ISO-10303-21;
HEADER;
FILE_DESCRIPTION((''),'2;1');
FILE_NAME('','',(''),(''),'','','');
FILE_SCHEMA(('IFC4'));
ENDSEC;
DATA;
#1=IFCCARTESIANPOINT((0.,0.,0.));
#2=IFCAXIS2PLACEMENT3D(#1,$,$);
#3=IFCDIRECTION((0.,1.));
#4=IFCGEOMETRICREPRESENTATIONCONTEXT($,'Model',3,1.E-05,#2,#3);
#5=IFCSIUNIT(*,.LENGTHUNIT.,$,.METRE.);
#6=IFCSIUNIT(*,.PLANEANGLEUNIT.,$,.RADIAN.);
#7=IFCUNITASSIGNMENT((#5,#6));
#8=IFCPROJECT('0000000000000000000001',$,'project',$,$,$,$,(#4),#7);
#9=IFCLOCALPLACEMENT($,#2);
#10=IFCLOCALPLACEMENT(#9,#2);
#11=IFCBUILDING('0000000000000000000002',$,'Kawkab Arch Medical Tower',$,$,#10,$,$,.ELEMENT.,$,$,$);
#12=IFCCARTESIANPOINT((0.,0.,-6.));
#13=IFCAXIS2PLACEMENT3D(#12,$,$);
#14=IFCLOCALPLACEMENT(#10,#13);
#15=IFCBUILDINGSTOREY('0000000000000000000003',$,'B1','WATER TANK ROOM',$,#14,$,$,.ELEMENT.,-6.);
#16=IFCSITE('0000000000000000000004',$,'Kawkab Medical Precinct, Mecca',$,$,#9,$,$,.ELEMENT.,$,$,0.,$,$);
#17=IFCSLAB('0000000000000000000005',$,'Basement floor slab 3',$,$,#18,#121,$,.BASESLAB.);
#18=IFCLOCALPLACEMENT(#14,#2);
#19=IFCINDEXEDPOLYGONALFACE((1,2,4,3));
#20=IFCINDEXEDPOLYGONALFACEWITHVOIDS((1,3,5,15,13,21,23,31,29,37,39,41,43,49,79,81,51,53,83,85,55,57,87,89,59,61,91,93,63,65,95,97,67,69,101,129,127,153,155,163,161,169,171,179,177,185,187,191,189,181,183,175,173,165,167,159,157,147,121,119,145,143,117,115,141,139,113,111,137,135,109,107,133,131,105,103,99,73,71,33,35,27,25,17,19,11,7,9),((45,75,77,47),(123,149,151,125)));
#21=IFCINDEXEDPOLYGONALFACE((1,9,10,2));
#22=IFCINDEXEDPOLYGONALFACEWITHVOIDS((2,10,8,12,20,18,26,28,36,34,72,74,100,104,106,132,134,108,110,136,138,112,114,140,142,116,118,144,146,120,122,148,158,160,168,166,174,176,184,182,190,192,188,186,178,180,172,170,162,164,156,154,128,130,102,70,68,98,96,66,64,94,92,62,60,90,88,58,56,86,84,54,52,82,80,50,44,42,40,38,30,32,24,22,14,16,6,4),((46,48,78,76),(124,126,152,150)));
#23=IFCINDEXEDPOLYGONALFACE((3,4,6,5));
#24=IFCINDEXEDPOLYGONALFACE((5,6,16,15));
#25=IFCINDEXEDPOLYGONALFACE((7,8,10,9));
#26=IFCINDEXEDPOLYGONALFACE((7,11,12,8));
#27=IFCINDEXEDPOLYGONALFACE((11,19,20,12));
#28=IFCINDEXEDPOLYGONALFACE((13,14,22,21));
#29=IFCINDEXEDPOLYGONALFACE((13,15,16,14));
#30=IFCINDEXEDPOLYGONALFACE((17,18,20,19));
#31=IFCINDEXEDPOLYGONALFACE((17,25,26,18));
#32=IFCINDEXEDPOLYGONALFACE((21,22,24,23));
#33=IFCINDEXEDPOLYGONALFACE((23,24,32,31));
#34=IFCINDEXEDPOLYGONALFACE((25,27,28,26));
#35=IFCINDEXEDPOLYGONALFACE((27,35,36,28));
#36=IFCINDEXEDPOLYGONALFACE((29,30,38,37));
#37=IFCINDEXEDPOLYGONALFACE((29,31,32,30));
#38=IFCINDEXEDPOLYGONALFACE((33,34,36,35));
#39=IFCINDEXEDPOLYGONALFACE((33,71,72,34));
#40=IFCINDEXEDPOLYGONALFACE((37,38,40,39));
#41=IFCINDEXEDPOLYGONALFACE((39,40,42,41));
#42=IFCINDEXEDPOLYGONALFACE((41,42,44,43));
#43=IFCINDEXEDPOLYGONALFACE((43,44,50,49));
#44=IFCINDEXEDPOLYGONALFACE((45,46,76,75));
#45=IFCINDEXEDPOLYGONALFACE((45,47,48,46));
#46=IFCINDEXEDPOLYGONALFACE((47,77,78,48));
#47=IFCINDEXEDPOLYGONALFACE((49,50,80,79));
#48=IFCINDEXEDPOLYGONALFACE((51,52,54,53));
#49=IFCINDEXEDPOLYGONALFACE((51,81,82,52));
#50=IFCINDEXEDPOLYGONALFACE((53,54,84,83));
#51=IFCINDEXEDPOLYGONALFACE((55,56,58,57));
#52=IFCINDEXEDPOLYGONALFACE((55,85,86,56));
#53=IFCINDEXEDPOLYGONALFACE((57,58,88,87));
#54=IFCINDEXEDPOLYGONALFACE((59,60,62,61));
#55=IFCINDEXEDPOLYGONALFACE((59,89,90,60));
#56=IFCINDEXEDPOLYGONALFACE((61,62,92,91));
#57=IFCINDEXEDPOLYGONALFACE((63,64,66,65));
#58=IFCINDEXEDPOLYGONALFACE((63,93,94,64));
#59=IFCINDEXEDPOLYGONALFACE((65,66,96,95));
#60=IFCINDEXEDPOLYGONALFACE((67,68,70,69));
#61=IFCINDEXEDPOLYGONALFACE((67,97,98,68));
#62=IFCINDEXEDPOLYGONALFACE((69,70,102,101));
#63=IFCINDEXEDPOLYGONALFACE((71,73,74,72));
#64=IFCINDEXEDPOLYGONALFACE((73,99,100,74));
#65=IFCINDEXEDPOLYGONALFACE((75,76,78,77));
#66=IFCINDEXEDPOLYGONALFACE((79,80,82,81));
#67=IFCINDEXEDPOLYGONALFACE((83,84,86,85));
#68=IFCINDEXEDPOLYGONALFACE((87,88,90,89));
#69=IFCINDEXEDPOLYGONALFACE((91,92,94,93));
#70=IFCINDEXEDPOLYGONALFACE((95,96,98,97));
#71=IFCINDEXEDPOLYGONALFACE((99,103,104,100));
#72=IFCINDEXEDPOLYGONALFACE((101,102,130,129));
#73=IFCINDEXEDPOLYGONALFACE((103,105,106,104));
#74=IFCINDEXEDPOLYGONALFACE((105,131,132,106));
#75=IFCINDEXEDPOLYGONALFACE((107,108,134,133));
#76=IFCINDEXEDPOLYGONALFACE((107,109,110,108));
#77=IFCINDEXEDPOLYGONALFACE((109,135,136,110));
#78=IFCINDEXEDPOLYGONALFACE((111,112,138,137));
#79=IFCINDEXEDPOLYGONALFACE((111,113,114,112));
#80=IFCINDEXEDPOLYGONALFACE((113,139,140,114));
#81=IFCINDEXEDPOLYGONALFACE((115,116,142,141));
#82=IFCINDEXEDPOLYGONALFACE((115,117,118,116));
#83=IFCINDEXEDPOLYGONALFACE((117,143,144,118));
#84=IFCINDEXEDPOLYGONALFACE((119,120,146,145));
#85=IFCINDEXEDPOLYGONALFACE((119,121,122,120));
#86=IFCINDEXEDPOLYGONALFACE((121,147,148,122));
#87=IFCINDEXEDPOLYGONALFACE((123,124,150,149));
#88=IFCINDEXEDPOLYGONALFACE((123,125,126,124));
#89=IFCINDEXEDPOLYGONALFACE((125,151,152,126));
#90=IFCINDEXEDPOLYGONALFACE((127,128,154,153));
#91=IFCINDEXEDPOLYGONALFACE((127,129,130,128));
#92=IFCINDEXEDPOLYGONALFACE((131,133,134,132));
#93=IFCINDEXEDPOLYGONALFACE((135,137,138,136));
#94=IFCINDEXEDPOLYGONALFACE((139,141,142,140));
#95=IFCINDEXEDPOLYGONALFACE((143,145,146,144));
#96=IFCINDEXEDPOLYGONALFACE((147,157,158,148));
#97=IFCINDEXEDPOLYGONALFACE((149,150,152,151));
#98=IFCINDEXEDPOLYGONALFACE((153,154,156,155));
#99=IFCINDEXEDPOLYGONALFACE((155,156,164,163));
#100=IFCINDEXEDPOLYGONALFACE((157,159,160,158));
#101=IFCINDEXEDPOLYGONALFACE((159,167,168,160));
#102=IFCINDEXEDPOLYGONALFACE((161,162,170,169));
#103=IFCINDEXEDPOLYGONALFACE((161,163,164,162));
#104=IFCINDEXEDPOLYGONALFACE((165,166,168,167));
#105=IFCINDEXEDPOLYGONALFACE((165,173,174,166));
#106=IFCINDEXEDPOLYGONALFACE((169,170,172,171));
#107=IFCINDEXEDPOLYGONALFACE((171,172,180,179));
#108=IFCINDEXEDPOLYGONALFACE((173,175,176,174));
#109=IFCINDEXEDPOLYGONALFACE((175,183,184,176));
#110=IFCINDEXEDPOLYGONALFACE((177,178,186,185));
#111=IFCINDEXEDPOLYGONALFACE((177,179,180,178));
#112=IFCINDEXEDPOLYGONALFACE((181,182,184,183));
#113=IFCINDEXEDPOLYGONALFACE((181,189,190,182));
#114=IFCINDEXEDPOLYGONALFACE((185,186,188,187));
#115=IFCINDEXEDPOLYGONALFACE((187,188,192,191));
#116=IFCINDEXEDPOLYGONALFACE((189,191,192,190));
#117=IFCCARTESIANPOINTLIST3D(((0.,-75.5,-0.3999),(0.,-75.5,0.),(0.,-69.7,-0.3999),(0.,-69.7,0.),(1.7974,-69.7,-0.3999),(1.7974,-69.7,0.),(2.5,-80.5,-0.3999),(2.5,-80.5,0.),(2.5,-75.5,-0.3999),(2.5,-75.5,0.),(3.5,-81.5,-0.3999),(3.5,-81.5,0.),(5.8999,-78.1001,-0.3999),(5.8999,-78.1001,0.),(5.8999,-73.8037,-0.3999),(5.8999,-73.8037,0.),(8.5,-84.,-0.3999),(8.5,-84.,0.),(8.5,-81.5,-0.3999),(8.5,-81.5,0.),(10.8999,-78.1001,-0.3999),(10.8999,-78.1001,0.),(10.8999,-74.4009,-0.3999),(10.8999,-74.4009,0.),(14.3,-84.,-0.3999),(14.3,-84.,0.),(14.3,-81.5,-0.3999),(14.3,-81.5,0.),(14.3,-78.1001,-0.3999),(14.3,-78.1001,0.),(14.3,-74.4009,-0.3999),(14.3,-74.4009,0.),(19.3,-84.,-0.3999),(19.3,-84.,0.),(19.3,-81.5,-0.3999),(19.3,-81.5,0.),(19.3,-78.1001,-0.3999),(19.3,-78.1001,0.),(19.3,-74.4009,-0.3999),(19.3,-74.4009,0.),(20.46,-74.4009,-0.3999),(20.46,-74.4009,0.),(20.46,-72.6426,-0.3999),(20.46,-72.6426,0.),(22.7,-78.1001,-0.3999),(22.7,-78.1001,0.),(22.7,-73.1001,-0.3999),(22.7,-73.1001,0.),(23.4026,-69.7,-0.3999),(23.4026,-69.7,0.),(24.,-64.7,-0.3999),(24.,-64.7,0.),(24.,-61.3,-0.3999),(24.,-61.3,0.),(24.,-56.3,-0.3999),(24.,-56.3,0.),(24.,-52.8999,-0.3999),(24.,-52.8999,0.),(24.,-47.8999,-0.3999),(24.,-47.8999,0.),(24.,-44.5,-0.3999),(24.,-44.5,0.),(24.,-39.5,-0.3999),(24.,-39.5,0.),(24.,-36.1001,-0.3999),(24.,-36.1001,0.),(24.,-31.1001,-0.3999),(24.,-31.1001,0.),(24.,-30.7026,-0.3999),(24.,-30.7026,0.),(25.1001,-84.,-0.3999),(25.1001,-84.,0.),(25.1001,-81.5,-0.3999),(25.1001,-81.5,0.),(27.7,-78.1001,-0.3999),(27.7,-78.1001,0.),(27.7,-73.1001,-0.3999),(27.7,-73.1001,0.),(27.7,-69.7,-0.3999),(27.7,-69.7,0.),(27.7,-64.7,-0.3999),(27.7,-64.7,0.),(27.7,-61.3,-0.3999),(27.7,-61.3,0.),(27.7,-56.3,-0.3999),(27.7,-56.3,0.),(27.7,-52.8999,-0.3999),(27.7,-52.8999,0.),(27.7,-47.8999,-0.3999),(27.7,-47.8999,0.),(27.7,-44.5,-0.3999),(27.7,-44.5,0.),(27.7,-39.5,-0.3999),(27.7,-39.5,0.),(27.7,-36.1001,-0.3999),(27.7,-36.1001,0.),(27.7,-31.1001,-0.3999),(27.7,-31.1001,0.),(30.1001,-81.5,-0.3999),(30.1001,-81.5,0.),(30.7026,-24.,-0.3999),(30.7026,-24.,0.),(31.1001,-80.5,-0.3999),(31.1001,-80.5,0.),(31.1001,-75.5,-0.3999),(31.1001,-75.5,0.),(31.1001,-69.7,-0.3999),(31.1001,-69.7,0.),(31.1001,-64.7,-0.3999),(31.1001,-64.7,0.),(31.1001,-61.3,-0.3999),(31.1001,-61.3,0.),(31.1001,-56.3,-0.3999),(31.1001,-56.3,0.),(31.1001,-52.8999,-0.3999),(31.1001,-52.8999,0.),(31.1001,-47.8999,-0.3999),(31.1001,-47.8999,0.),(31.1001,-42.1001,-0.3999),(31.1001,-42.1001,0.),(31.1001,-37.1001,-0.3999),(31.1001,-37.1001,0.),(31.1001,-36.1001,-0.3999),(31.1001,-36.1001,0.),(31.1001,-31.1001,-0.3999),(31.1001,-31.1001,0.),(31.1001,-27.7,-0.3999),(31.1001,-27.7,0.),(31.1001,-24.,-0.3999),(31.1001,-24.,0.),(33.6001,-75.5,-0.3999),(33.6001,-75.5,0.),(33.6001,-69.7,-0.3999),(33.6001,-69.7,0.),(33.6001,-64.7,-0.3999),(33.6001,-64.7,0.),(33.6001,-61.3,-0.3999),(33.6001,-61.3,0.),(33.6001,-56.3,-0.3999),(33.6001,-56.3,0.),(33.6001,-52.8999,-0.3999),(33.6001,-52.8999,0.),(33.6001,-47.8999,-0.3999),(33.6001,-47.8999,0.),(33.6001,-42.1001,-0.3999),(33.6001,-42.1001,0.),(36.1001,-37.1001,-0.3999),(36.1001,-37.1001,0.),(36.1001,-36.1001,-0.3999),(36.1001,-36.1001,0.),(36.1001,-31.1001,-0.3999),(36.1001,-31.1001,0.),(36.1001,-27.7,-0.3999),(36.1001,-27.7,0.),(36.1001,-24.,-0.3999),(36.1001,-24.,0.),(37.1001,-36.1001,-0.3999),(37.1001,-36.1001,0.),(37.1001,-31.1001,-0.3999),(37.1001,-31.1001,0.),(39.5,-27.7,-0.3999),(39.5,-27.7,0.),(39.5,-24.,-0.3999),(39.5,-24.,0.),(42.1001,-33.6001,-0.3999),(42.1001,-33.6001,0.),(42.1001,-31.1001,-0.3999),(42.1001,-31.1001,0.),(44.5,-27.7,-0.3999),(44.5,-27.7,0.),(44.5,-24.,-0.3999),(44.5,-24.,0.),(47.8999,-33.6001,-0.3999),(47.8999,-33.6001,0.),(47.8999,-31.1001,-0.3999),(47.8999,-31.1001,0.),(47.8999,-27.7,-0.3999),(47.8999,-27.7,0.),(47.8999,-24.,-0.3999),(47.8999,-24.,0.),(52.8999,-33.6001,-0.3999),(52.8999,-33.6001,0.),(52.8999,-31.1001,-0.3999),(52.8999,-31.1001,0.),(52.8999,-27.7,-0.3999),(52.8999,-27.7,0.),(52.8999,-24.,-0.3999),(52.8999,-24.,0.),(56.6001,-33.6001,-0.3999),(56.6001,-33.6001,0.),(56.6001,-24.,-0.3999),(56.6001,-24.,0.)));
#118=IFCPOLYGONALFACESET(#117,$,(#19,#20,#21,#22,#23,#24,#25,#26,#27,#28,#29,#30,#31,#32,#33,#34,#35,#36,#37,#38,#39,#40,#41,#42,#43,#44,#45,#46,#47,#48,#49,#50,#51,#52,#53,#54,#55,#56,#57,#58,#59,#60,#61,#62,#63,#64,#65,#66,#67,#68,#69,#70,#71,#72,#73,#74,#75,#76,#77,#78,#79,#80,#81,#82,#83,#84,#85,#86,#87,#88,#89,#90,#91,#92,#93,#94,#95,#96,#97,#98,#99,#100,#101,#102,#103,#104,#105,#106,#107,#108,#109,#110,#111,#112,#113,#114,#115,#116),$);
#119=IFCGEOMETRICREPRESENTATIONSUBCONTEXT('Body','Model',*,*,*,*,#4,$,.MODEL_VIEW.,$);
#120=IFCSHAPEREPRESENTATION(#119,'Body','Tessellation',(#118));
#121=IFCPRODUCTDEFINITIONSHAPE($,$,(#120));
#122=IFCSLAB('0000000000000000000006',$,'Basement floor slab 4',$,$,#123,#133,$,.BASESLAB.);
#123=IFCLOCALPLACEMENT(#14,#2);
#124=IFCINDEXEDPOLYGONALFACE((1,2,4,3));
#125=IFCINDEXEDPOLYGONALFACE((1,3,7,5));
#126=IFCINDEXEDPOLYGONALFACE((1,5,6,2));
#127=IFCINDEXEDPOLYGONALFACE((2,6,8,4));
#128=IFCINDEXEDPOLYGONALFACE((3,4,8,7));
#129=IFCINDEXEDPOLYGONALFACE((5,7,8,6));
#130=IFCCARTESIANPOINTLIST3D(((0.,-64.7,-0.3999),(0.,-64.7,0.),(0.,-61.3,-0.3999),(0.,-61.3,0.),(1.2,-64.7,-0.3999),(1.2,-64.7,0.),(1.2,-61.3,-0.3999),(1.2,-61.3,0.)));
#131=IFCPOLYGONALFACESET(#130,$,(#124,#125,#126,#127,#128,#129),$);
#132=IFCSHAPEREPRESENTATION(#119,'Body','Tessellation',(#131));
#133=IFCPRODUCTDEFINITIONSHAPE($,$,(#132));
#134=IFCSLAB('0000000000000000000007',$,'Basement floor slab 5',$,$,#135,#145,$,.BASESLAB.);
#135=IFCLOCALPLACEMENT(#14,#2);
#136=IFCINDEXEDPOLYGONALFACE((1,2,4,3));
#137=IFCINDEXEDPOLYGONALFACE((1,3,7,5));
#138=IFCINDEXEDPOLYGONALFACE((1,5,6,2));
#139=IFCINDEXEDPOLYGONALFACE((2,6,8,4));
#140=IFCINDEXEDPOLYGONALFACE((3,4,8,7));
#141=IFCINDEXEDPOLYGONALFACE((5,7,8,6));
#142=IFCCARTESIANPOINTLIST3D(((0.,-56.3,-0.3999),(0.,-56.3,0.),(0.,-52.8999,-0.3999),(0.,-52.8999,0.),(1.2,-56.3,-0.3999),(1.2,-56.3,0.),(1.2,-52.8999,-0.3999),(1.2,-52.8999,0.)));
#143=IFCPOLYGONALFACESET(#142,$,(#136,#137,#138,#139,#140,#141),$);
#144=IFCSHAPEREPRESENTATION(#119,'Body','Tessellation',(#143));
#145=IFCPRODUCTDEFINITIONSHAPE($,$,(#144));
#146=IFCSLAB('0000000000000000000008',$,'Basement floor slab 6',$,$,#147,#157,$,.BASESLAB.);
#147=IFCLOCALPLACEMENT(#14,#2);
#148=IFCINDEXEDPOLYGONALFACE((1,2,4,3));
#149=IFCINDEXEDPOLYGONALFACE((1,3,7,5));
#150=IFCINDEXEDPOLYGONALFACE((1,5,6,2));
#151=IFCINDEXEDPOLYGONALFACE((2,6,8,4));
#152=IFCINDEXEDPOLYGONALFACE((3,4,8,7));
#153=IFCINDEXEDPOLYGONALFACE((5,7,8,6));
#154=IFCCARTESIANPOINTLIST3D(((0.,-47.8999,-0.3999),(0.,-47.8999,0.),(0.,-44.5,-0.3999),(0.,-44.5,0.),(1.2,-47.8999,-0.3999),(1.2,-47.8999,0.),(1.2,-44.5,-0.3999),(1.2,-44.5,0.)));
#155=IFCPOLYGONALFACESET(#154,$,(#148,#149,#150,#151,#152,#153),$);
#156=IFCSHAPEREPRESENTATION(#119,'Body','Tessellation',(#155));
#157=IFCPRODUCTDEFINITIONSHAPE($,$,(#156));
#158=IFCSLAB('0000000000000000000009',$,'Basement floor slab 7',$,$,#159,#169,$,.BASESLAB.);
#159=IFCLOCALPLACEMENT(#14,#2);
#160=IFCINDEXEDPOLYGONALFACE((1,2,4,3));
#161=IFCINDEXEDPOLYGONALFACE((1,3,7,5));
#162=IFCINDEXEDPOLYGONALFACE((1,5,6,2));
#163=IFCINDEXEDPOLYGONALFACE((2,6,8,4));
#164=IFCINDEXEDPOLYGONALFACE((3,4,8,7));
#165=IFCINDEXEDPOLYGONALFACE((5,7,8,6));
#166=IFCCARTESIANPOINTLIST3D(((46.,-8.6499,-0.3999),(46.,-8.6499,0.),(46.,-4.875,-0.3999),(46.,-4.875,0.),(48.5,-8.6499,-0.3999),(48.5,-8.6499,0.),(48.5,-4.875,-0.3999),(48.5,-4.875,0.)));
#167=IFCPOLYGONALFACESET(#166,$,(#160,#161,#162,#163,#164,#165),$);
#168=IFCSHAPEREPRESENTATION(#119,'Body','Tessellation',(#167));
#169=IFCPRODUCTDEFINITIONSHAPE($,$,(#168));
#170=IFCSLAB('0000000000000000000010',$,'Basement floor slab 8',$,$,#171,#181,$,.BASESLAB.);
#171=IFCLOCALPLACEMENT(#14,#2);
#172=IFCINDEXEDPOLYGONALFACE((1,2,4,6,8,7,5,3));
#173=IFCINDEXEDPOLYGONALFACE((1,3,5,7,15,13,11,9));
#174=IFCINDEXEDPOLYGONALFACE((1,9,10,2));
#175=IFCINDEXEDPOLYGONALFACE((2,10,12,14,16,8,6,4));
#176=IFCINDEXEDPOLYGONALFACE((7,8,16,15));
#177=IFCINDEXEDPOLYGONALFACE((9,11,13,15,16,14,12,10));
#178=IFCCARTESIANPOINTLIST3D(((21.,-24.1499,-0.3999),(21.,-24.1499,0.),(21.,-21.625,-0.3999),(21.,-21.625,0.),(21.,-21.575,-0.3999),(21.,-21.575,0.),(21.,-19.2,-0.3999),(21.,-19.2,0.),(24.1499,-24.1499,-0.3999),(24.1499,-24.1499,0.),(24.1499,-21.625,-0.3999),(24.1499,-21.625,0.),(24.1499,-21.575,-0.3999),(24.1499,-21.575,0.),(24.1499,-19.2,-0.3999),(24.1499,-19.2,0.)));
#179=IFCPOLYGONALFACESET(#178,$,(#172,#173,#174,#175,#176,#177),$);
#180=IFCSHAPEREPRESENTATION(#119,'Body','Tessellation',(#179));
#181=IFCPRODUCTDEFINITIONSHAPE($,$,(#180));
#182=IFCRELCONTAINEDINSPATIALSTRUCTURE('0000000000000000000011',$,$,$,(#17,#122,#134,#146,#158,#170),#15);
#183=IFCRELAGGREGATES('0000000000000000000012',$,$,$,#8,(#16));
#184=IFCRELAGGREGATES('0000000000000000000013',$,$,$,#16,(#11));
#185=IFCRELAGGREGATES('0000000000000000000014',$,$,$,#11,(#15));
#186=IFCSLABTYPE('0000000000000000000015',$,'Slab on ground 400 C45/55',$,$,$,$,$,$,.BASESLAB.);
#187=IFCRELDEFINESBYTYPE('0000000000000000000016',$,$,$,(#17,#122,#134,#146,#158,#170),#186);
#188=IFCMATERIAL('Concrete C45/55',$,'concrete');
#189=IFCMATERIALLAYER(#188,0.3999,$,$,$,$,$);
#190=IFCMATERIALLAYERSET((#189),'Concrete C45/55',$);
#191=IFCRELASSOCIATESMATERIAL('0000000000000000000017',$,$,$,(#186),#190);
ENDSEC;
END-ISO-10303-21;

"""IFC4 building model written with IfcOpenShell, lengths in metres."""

from ifc_helpers import new_model, si_unit, direction, frame, origin, place, context, subcontext, project, spatial, polyline, outline, extrude, material, layer, layer_set, type_object, element, save


model = new_model("IFC4")

# Units and contexts
model_context = context("Model", 3, precision=1e-05, world=origin(), true_north=direction((0.0, 1.0)))
body_context = subcontext(model_context, "Body", "Model", "MODEL_VIEW")
ifc_project = project(units=[si_unit("LENGTHUNIT", "METRE"), si_unit("PLANEANGLEUNIT", "RADIAN")], contexts=[model_context])

# Site, building, storey
site_placement = place(None, origin())
site = spatial("IfcSite", under=ifc_project, at=site_placement, Name="Kawkab Medical Precinct, Mecca", CompositionType="ELEMENT", RefElevation=0.0)
building_placement = place(site_placement, origin())
building = spatial("IfcBuilding", under=site, at=building_placement, Name="Kawkab Arch Medical Tower", CompositionType="ELEMENT")
storey_placement = place(building_placement, frame((0.0, 0.0, -6.0)))
storey = spatial("IfcBuildingStorey", under=building, at=storey_placement, Name="B1", Description="WATER TANK ROOM", CompositionType="ELEMENT", Elevation=-6.0)

# Slabs
ifc_material_1 = material(Name="Concrete C45/55", Category="concrete")
ifc_layer_1 = layer(ifc_material_1, 0.3999)
ifc_layer_set_1 = layer_set([ifc_layer_1], Name="Concrete C45/55")
slab_type = type_object("IfcSlabType", Name="Slab on ground 400 C45/55", PredefinedType="BASESLAB", material=ifc_layer_set_1)
placement_1 = place(storey_placement, frame((0.0, 0.0, -0.3999)))
element("IfcSlab", 1, at=placement_1, inside=storey, type_object=slab_type, Name="Basement floor slab 3", PredefinedType="BASESLAB", context=body_context, shape_type="SweptSolid", body=[
    extrude(outline(polyline([(24.0, -64.7), (24.0, -61.3), (27.7, -61.3), (27.7, -56.3), (24.0, -56.3), (24.0, -52.8999), (27.7, -52.8999), (27.7, -47.8999), (24.0, -47.8999), (24.0, -44.5), (27.7, -44.5), (27.7, -39.5), (24.0, -39.5), (24.0, -36.1001), (27.7, -36.1001), (27.7, -31.1001), (24.0, -31.1001), (24.0, -30.7026), (30.7026, -24.0), (31.1001, -24.0), (31.1001, -27.7), (36.1001, -27.7), (36.1001, -24.0), (39.5, -24.0), (39.5, -27.7), (44.5, -27.7), (44.5, -24.0), (47.8999, -24.0), (47.8999, -27.7), (52.8999, -27.7), (52.8999, -24.0), (56.6001, -24.0), (56.6001, -33.6001), (52.8999, -33.6001), (52.8999, -31.1001), (47.8999, -31.1001), (47.8999, -33.6001), (42.1001, -33.6001), (42.1001, -31.1001), (37.1001, -31.1001), (37.1001, -36.1001), (36.1001, -37.1001), (31.1001, -37.1001), (31.1001, -42.1001), (33.6001, -42.1001), (33.6001, -47.8999), (31.1001, -47.8999), (31.1001, -52.8999), (33.6001, -52.8999), (33.6001, -56.3), (31.1001, -56.3), (31.1001, -61.3), (33.6001, -61.3), (33.6001, -64.7), (31.1001, -64.7), (31.1001, -69.7), (33.6001, -69.7), (33.6001, -75.5), (31.1001, -75.5), (31.1001, -80.5), (30.1001, -81.5), (25.1001, -81.5), (25.1001, -84.0), (19.3, -84.0), (19.3, -81.5), (14.3, -81.5), (14.3, -84.0), (8.5, -84.0), (8.5, -81.5), (3.5, -81.5), (2.5, -80.5), (2.5, -75.5), (0.0, -75.5), (0.0, -69.7), (1.7974, -69.7), (5.8999, -73.8037), (5.8999, -78.1001), (10.8999, -78.1001), (10.8999, -74.4009), (14.3, -74.4009), (14.3, -78.1001), (19.3, -78.1001), (19.3, -74.4009), (20.46, -74.4009), (20.46, -72.6426), (23.4026, -69.7), (27.7, -69.7), (27.7, -64.7), (24.0, -64.7)]), holes=[polyline([(31.1001, -31.1001), (31.1001, -36.1001), (36.1001, -36.1001), (36.1001, -31.1001), (31.1001, -31.1001)]), polyline([(22.7, -73.1001), (22.7, -78.1001), (27.7, -78.1001), (27.7, -73.1001), (22.7, -73.1001)])]), origin(), (0.0, 0.0, 1.0), 0.3999),
])
element("IfcSlab", 2, at=placement_1, inside=storey, type_object=slab_type, Name="Basement floor slab 4", PredefinedType="BASESLAB", context=body_context, shape_type="SweptSolid", body=[
    extrude(outline(polyline([(1.2, -61.3), (1.2, -64.7), (0.0, -64.7), (0.0, -61.3), (1.2, -61.3)])), origin(), (0.0, 0.0, 1.0), 0.3999),
])
element("IfcSlab", 3, at=placement_1, inside=storey, type_object=slab_type, Name="Basement floor slab 5", PredefinedType="BASESLAB", context=body_context, shape_type="SweptSolid", body=[
    extrude(outline(polyline([(1.2, -52.8999), (1.2, -56.3), (0.0, -56.3), (0.0, -52.8999), (1.2, -52.8999)])), origin(), (0.0, 0.0, 1.0), 0.3999),
])
element("IfcSlab", 4, at=placement_1, inside=storey, type_object=slab_type, Name="Basement floor slab 6", PredefinedType="BASESLAB", context=body_context, shape_type="SweptSolid", body=[
    extrude(outline(polyline([(1.2, -44.5), (1.2, -47.8999), (0.0, -47.8999), (0.0, -44.5), (1.2, -44.5)])), origin(), (0.0, 0.0, 1.0), 0.3999),
])
element("IfcSlab", 5, at=placement_1, inside=storey, type_object=slab_type, Name="Basement floor slab 7", PredefinedType="BASESLAB", context=body_context, shape_type="SweptSolid", body=[
    extrude(outline(polyline([(48.5, -8.6499), (46.0, -8.6499), (46.0, -4.875), (48.5, -4.875), (48.5, -8.6499)])), origin(), (0.0, 0.0, 1.0), 0.3999),
])
element("IfcSlab", 6, at=placement_1, inside=storey, type_object=slab_type, Name="Basement floor slab 8", PredefinedType="BASESLAB", context=body_context, shape_type="SweptSolid", body=[
    extrude(outline(polyline([(24.1499, -21.625), (24.1499, -24.1499), (21.0, -24.1499), (21.0, -21.625), (21.0, -21.575), (21.0, -19.2), (24.1499, -19.2), (24.1499, -21.575), (24.1499, -21.625)])), origin(), (0.0, 0.0, 1.0), 0.3999),
])

save(model, "model.ifc")
